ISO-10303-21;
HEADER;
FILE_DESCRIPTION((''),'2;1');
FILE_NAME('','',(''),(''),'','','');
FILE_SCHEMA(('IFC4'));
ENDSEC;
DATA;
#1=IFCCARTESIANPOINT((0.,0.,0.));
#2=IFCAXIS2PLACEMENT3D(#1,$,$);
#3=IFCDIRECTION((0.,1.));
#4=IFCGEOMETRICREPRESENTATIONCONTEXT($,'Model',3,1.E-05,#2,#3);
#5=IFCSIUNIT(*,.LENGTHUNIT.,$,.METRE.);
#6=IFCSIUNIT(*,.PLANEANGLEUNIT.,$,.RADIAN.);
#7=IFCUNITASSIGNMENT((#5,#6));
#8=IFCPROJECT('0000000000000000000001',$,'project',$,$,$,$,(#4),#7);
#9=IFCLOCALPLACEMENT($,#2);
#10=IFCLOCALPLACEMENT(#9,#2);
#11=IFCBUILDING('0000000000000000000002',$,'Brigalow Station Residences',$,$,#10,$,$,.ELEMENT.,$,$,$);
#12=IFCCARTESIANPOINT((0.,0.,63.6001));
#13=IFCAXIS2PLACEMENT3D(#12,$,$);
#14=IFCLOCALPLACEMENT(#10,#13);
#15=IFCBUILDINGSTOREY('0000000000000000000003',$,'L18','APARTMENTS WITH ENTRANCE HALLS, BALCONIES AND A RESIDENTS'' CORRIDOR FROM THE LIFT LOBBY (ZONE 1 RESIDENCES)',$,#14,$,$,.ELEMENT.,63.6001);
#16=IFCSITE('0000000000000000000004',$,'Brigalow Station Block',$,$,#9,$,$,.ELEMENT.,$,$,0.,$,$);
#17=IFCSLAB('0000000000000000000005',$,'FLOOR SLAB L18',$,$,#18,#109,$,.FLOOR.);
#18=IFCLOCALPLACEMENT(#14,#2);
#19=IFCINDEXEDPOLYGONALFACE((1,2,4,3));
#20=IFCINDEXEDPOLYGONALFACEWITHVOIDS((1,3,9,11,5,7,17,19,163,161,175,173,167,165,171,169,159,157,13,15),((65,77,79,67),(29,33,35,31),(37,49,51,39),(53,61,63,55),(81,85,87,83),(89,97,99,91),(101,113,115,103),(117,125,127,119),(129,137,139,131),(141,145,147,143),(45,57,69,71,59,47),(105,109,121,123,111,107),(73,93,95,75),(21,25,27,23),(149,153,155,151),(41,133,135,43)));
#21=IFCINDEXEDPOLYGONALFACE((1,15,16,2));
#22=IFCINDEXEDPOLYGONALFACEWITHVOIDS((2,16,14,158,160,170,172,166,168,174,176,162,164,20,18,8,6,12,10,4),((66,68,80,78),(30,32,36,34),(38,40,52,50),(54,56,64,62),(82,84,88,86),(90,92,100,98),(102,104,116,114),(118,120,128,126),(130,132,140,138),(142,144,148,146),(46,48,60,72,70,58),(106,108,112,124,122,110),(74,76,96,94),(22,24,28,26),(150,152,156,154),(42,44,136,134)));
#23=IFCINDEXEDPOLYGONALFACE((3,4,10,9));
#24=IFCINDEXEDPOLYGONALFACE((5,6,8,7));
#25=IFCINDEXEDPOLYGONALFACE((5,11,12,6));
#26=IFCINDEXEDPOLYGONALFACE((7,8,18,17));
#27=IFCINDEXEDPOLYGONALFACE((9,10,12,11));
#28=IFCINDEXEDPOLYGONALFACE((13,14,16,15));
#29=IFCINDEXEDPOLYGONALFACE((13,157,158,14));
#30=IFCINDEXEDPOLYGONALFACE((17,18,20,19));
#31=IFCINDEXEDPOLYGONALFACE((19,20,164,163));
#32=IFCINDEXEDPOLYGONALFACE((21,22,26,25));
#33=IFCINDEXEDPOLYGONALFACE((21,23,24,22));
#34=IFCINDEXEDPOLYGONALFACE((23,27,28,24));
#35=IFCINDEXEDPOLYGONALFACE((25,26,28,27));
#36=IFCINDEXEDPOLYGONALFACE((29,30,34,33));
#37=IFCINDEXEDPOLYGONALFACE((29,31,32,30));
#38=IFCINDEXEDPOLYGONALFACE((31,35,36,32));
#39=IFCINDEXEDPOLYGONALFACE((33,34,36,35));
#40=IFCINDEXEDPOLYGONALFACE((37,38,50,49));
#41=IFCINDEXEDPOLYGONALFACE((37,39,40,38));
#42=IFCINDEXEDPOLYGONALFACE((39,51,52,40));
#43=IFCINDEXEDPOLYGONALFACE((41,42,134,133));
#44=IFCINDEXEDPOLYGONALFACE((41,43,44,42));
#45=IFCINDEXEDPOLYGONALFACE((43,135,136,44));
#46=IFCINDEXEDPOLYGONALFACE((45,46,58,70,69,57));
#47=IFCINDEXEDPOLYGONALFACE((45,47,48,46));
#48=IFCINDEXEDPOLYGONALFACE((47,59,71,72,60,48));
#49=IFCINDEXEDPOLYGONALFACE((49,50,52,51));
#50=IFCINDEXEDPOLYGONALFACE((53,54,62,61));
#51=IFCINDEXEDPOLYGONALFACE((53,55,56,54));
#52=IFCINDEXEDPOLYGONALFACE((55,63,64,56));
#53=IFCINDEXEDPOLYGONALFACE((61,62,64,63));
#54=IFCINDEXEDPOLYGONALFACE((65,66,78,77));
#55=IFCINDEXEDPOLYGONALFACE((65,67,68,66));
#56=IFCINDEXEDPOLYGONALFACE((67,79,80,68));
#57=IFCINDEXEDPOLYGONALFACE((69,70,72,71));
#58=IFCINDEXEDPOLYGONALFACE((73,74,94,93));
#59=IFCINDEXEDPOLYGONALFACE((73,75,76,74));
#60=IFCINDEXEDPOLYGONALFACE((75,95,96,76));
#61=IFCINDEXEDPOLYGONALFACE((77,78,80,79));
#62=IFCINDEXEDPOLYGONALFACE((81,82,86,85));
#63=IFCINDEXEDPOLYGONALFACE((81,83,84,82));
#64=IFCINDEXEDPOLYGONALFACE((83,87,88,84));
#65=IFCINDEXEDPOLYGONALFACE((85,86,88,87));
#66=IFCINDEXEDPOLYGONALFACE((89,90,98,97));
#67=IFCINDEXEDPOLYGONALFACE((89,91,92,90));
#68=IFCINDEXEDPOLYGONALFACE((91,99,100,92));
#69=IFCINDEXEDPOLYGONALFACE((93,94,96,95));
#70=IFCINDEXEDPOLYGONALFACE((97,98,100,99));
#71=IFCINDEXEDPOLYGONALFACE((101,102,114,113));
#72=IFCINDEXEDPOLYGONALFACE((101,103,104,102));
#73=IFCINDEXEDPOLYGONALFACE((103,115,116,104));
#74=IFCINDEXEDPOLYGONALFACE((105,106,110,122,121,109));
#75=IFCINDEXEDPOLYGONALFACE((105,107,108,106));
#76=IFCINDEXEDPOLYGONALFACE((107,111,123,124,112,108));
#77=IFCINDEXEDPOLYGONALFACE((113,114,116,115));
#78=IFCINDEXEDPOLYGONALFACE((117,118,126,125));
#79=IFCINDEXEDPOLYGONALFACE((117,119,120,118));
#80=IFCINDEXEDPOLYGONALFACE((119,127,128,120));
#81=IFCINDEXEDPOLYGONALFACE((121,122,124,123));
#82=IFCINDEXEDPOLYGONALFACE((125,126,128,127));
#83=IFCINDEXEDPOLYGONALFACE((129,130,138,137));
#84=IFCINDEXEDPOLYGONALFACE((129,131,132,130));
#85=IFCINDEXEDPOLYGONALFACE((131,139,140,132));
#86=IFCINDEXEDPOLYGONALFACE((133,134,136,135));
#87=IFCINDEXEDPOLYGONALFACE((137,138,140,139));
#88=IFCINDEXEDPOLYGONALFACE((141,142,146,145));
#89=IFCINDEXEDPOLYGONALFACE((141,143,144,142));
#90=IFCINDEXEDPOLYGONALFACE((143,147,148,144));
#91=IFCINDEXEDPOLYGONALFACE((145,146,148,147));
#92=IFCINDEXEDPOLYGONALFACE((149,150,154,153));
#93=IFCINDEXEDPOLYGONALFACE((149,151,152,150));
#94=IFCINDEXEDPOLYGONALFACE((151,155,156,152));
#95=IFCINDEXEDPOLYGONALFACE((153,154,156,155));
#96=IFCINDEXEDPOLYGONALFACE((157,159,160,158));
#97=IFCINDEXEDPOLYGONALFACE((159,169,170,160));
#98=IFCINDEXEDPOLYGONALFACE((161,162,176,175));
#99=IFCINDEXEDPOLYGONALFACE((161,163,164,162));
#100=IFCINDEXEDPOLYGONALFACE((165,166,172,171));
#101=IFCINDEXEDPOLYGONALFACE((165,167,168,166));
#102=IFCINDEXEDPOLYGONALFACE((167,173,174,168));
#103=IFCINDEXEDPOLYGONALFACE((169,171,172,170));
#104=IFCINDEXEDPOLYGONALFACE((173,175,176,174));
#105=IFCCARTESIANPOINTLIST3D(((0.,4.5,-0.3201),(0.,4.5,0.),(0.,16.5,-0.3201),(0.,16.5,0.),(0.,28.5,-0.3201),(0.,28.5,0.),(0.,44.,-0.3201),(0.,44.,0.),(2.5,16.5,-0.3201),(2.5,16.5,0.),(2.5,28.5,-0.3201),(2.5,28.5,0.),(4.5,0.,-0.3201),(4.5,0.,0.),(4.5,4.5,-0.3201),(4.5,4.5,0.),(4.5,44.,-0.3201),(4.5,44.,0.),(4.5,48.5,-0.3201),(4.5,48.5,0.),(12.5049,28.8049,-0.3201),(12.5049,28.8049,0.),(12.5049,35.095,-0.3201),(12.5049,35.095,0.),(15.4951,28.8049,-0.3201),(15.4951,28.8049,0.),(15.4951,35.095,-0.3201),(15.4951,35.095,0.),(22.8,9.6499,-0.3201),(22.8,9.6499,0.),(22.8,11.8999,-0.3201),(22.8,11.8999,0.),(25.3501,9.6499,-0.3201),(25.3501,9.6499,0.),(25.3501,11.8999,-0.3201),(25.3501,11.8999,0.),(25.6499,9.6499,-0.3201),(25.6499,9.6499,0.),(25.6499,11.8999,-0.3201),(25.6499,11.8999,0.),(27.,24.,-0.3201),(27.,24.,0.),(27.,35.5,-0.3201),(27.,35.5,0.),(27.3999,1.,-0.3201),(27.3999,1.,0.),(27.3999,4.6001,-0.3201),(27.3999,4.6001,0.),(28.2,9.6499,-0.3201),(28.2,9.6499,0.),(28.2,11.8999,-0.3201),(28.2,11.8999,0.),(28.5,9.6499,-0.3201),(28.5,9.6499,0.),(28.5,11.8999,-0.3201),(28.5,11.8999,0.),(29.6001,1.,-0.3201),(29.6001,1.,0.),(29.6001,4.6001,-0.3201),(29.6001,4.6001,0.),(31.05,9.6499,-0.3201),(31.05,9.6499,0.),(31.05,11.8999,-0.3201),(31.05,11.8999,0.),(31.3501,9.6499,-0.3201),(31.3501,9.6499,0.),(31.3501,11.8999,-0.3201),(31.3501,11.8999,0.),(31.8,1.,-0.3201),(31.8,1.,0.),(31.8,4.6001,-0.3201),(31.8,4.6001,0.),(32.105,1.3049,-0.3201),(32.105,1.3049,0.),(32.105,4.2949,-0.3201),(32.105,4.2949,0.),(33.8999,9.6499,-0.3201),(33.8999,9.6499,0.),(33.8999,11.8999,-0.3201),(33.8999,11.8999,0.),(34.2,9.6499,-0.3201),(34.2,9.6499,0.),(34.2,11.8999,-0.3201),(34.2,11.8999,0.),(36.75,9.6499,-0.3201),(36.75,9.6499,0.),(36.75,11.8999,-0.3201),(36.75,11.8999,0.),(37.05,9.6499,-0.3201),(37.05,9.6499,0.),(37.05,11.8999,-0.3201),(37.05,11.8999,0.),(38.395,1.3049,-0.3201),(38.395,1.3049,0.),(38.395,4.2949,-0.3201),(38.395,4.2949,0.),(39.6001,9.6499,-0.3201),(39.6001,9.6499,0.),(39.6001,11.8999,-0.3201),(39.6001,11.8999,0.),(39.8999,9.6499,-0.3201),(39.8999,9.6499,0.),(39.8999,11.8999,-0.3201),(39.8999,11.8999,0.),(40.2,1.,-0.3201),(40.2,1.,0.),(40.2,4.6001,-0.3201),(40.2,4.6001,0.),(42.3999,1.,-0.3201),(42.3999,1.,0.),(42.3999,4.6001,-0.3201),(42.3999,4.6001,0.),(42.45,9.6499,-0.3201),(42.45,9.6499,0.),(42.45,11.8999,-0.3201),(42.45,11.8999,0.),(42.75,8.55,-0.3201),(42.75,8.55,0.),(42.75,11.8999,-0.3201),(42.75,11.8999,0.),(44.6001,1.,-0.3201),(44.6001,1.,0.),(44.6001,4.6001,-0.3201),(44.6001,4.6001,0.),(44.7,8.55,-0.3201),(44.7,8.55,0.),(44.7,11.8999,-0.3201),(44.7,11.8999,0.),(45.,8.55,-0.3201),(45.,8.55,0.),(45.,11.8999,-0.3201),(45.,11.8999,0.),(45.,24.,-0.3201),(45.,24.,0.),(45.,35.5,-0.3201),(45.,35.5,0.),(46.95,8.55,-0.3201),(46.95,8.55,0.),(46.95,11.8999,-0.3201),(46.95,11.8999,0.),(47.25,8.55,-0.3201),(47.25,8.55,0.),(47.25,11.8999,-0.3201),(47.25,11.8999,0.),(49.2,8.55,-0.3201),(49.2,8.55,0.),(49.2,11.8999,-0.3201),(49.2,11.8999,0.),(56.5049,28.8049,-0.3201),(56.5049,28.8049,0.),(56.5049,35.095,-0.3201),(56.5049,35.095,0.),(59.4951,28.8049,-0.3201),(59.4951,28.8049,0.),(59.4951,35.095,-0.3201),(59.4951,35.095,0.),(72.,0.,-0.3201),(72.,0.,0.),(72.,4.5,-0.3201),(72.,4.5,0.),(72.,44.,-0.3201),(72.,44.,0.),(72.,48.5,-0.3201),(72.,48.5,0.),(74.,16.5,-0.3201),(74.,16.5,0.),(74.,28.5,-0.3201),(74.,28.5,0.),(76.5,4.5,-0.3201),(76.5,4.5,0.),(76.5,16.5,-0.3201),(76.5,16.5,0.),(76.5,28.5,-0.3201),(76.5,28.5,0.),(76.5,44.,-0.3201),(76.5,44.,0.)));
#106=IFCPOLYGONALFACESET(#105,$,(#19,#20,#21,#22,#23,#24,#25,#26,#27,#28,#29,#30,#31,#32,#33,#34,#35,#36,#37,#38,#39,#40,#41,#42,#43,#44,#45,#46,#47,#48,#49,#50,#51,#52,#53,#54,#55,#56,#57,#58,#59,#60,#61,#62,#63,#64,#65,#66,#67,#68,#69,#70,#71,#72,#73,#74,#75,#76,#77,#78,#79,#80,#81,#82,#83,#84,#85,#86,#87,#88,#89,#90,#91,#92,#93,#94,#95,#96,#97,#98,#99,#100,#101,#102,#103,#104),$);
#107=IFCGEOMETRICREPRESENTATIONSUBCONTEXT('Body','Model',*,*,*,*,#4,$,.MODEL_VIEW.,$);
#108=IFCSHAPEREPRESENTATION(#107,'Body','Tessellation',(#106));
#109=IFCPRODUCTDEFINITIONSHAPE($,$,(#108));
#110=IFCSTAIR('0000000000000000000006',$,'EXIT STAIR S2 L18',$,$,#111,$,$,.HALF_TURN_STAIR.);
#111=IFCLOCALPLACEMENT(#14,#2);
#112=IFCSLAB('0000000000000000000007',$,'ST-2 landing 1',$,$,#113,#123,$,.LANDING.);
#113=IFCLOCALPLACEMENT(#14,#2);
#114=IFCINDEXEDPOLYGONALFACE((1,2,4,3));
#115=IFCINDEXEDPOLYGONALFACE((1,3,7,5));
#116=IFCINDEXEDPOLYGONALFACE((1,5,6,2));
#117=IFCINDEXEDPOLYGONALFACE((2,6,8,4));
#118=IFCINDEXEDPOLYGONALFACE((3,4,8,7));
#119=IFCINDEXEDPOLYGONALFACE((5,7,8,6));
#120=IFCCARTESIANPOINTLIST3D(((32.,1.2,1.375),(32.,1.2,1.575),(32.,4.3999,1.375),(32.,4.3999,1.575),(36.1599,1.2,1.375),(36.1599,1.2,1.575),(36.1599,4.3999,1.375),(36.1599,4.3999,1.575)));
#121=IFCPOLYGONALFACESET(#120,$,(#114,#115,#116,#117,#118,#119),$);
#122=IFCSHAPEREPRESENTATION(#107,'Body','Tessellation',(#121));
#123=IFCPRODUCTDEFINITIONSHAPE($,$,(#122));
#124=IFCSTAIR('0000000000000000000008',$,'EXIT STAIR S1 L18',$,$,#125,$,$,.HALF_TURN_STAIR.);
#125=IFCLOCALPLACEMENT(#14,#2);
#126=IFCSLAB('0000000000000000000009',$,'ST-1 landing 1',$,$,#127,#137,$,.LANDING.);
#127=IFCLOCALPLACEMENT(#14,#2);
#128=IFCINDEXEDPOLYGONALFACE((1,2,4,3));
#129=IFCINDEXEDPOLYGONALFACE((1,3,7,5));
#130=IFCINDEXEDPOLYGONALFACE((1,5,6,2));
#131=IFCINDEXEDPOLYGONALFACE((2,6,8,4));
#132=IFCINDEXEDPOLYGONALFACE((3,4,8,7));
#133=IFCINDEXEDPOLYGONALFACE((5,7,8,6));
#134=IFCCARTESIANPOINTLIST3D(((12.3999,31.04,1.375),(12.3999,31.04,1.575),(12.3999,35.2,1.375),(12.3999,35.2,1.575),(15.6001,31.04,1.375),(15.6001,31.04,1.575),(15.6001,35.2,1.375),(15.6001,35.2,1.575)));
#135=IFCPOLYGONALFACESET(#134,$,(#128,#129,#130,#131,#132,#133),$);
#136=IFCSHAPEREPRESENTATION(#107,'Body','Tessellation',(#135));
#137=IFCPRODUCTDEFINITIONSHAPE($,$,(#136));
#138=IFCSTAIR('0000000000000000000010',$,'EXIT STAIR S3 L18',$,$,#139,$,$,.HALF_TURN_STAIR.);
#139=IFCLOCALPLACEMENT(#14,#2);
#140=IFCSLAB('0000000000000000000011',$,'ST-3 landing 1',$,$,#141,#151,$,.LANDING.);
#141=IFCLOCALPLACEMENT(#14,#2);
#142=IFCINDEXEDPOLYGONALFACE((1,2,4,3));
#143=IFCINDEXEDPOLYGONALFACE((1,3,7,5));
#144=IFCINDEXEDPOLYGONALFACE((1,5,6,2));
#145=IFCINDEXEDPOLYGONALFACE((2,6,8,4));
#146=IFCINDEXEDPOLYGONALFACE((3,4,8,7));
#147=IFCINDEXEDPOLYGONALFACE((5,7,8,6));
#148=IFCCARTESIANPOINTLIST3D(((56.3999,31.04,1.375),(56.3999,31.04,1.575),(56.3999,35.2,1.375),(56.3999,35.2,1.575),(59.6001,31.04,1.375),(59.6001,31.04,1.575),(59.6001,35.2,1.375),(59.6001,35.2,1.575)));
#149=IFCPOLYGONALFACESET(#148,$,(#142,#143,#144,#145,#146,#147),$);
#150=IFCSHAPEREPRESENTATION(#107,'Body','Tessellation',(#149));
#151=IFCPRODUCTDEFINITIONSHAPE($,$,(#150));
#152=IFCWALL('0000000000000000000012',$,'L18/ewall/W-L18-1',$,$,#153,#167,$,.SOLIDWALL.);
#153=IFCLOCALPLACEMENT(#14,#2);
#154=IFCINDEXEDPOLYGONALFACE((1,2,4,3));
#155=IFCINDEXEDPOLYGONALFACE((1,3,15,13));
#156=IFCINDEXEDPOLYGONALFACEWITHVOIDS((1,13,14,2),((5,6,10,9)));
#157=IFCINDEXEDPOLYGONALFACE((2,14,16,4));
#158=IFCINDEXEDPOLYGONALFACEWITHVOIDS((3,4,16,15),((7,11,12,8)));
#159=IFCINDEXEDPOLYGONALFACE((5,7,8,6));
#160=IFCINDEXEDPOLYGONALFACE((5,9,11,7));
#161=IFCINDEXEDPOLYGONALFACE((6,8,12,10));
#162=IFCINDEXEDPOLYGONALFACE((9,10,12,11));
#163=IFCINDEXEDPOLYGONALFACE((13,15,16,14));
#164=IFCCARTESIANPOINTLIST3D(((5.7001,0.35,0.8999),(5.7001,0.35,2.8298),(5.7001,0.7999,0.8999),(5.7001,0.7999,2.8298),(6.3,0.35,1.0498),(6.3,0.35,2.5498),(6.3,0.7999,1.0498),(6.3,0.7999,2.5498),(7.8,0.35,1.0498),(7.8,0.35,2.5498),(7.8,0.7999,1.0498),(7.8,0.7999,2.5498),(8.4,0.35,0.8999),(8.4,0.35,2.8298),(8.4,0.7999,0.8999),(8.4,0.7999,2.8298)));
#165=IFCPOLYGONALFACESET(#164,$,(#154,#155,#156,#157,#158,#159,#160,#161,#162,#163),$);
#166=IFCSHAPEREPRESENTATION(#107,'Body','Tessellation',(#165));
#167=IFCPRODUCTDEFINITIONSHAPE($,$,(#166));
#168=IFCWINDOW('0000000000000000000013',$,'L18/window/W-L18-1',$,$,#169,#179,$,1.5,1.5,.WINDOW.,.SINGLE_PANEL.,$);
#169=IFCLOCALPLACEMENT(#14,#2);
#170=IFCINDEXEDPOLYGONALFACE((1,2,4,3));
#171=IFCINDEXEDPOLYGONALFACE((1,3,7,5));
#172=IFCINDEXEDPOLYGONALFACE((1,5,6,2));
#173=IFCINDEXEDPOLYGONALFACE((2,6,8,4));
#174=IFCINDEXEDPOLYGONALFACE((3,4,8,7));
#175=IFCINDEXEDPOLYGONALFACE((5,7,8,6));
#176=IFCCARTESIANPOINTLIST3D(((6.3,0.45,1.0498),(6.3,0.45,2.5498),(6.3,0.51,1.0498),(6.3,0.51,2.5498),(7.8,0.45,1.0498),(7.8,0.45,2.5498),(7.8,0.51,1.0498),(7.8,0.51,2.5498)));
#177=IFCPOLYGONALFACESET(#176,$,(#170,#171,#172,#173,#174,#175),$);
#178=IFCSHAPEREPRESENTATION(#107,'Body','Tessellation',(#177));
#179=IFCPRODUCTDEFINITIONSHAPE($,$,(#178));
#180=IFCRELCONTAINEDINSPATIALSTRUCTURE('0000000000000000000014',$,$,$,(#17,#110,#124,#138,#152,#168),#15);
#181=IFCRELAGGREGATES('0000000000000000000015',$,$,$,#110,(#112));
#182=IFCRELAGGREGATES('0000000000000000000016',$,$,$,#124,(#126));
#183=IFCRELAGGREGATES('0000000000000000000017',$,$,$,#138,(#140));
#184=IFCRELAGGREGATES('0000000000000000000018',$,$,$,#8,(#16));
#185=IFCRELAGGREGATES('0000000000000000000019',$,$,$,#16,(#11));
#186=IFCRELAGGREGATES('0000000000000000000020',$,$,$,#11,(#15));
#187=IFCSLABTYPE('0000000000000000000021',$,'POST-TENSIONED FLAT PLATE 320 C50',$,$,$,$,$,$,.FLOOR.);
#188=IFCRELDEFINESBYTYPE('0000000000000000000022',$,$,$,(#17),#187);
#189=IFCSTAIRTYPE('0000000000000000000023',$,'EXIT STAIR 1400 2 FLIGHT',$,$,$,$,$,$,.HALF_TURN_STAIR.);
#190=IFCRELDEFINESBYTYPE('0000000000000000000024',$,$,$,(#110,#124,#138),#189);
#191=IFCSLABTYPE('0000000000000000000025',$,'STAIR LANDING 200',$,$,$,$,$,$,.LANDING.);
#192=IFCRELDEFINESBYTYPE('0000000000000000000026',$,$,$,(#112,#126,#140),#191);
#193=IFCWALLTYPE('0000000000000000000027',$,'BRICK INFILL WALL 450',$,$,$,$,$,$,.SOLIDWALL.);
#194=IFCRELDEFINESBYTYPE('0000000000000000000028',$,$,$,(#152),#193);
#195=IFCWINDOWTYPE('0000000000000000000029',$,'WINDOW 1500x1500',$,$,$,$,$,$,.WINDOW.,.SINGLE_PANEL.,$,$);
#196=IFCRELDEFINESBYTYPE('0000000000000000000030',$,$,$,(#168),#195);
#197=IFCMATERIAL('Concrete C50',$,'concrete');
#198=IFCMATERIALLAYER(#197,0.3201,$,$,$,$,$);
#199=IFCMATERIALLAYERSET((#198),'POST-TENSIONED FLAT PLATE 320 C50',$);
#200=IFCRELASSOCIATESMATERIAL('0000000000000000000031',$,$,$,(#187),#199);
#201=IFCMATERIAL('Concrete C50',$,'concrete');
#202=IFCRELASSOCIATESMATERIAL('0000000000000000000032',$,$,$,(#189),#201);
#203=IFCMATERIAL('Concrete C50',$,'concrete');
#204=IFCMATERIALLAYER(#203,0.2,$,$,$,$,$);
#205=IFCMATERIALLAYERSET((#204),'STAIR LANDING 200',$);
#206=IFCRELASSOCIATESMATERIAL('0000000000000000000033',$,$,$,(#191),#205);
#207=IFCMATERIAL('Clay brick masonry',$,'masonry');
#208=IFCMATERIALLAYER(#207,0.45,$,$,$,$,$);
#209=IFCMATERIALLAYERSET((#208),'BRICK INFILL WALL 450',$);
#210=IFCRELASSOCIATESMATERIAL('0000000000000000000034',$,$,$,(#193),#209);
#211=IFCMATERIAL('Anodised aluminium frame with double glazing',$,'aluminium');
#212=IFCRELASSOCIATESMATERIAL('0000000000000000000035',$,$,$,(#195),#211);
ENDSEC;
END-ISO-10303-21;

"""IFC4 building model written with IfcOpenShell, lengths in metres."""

from ifc_helpers import new_model, si_unit, direction, frame, frame_2d, origin, place, context, subcontext, project, spatial, polyline, rectangle, outline, extrude, material, layer, layer_set, type_object, element, fill, aggregate, save


model = new_model("IFC4")

# Units and contexts
model_context = context("Model", 3, precision=1e-05, world=origin(), true_north=direction((0.0, 1.0)))
body_context = subcontext(model_context, "Body", "Model", "MODEL_VIEW")
ifc_project = project(units=[si_unit("LENGTHUNIT", "METRE"), si_unit("PLANEANGLEUNIT", "RADIAN")], contexts=[model_context])

# Site, building, storey
site_placement = place(None, origin())
site = spatial("IfcSite", under=ifc_project, at=site_placement, Name="Brigalow Station Block", CompositionType="ELEMENT", RefElevation=0.0)
building_placement = place(site_placement, origin())
building = spatial("IfcBuilding", under=site, at=building_placement, Name="Brigalow Station Residences", CompositionType="ELEMENT")
storey_placement = place(building_placement, frame((0.0, 0.0, 63.6001)))
storey = spatial("IfcBuildingStorey", under=building, at=storey_placement, Name="L18", Description="APARTMENTS WITH ENTRANCE HALLS, BALCONIES AND A RESIDENTS' CORRIDOR FROM THE LIFT LOBBY (ZONE 1 RESIDENCES)", CompositionType="ELEMENT", Elevation=63.6001)

# Slab
ifc_material_1 = material(Name="Concrete C50", Category="concrete")
ifc_layer_1 = layer(ifc_material_1, 0.3201)
ifc_layer_set_1 = layer_set([ifc_layer_1], Name="POST-TENSIONED FLAT PLATE 320 C50")
slab_type_1 = type_object("IfcSlabType", Name="POST-TENSIONED FLAT PLATE 320 C50", PredefinedType="FLOOR", material=ifc_layer_set_1)
slab_1_placement = place(storey_placement, frame((0.0, 0.0, -0.3201)))
element("IfcSlab", 1, at=slab_1_placement, inside=storey, type_object=slab_type_1, Name="FLOOR SLAB L18", PredefinedType="FLOOR", context=body_context, shape_type="SweptSolid", body=[
    extrude(outline(polyline([(4.5, 0.0), (72.0, 0.0), (72.0, 4.5), (76.5, 4.5), (76.5, 16.5), (74.0, 16.5), (74.0, 28.5), (76.5, 28.5), (76.5, 44.0), (72.0, 44.0), (72.0, 48.5), (4.5, 48.5), (4.5, 44.0), (0.0, 44.0), (0.0, 28.5), (2.5, 28.5), (2.5, 16.5), (0.0, 16.5), (0.0, 4.5), (4.5, 4.5), (4.5, 0.0)]), holes=[polyline([(15.4951, 35.095), (15.4951, 28.8049), (12.5049, 28.8049), (12.5049, 35.095), (15.4951, 35.095)]), polyline([(22.8, 11.8999), (25.3501, 11.8999), (25.3501, 9.6499), (22.8, 9.6499), (22.8, 11.8999)]), polyline([(25.6499, 11.8999), (28.2, 11.8999), (28.2, 9.6499), (25.6499, 9.6499), (25.6499, 11.8999)]), polyline([(28.5, 11.8999), (31.05, 11.8999), (31.05, 9.6499), (28.5, 9.6499), (28.5, 11.8999)]), polyline([(29.6001, 1.0), (27.3999, 1.0), (27.3999, 4.6001), (29.6001, 4.6001), (31.8, 4.6001), (31.8, 1.0), (29.6001, 1.0)]), polyline([(31.3501, 11.8999), (33.8999, 11.8999), (33.8999, 9.6499), (31.3501, 9.6499), (31.3501, 11.8999)]), polyline([(32.105, 4.2949), (38.395, 4.2949), (38.395, 1.3049), (32.105, 1.3049), (32.105, 4.2949)]), polyline([(36.75, 11.8999), (36.75, 9.6499), (34.2, 9.6499), (34.2, 11.8999), (36.75, 11.8999)]), polyline([(37.05, 11.8999), (39.6001, 11.8999), (39.6001, 9.6499), (37.05, 9.6499), (37.05, 11.8999)]), polyline([(39.8999, 11.8999), (42.45, 11.8999), (42.45, 9.6499), (39.8999, 9.6499), (39.8999, 11.8999)]), polyline([(42.3999, 1.0), (40.2, 1.0), (40.2, 4.6001), (42.3999, 4.6001), (44.6001, 4.6001), (44.6001, 1.0), (42.3999, 1.0)]), polyline([(42.75, 11.8999), (44.7, 11.8999), (44.7, 8.55), (42.75, 8.55), (42.75, 11.8999)]), polyline([(45.0, 11.8999), (46.95, 11.8999), (46.95, 8.55), (45.0, 8.55), (45.0, 11.8999)]), polyline([(45.0, 35.5), (45.0, 24.0), (27.0, 24.0), (27.0, 35.5), (45.0, 35.5)]), polyline([(47.25, 11.8999), (49.2, 11.8999), (49.2, 8.55), (47.25, 8.55), (47.25, 11.8999)]), polyline([(59.4951, 35.095), (59.4951, 28.8049), (56.5049, 28.8049), (56.5049, 35.095), (59.4951, 35.095)])]), origin(), (0.0, 0.0, 1.0), 0.3201),
])

# Stairs, slabs
ifc_material_2 = material(Name="Concrete C50", Category="concrete")
stair_type = type_object("IfcStairType", Name="EXIT STAIR 1400 2 FLIGHT", PredefinedType="HALF_TURN_STAIR", material=ifc_material_2)
stair_1_placement = place(storey_placement, origin())
stair_1 = element("IfcStair", 2, at=stair_1_placement, inside=storey, type_object=stair_type, Name="EXIT STAIR S2 L18", PredefinedType="HALF_TURN_STAIR")
ifc_material_3 = material(Name="Concrete C50", Category="concrete")
ifc_layer_2 = layer(ifc_material_3, 0.2)
ifc_layer_set_2 = layer_set([ifc_layer_2], Name="STAIR LANDING 200")
slab_type_2 = type_object("IfcSlabType", Name="STAIR LANDING 200", PredefinedType="LANDING", material=ifc_layer_set_2)
slab_2_placement = place(storey_placement, frame((0.0, 0.0, 1.375)))
slab_2 = element("IfcSlab", 3, at=slab_2_placement, type_object=slab_type_2, Name="ST-2 landing 1", PredefinedType="LANDING", context=body_context, shape_type="SweptSolid", body=[
    extrude(outline(polyline([(32.0, 1.2), (36.1599, 1.2), (36.1599, 4.3999), (32.0, 4.3999), (32.0, 1.2)])), origin(), (0.0, 0.0, 1.0), 0.2),
])
aggregate(stair_1, [slab_2])
stair_2_placement = place(storey_placement, origin())
stair_2 = element("IfcStair", 4, at=stair_2_placement, inside=storey, type_object=stair_type, Name="EXIT STAIR S1 L18", PredefinedType="HALF_TURN_STAIR")
slab_3_placement = place(storey_placement, frame((0.0, 0.0, 1.375)))
slab_3 = element("IfcSlab", 5, at=slab_3_placement, type_object=slab_type_2, Name="ST-1 landing 1", PredefinedType="LANDING", context=body_context, shape_type="SweptSolid", body=[
    extrude(outline(polyline([(12.3999, 31.04), (15.6001, 31.04), (15.6001, 35.2), (12.3999, 35.2), (12.3999, 31.04)])), origin(), (0.0, 0.0, 1.0), 0.2),
])
aggregate(stair_2, [slab_3])
stair_3_placement = place(storey_placement, origin())
stair_3 = element("IfcStair", 6, at=stair_3_placement, inside=storey, type_object=stair_type, Name="EXIT STAIR S3 L18", PredefinedType="HALF_TURN_STAIR")
slab_4_placement = place(storey_placement, frame((0.0, 0.0, 1.375)))
slab_4 = element("IfcSlab", 7, at=slab_4_placement, type_object=slab_type_2, Name="ST-3 landing 1", PredefinedType="LANDING", context=body_context, shape_type="SweptSolid", body=[
    extrude(outline(polyline([(56.3999, 31.04), (59.6001, 31.04), (59.6001, 35.2), (56.3999, 35.2), (56.3999, 31.04)])), origin(), (0.0, 0.0, 1.0), 0.2),
])
aggregate(stair_3, [slab_4])

# Wall, opening, window
ifc_material_4 = material(Name="Clay brick masonry", Category="masonry")
ifc_layer_3 = layer(ifc_material_4, 0.45)
ifc_layer_set_3 = layer_set([ifc_layer_3], Name="BRICK INFILL WALL 450")
wall_type_1 = type_object("IfcWallType", Name="BRICK INFILL WALL 450", PredefinedType="SOLIDWALL", material=ifc_layer_set_3)
wall_1_placement = place(storey_placement, frame((5.7, 0.575, 0.8999), z_axis=(0.0, 0.0, 1.0), x_axis=(1.0, 0.0, 0.0)))
wall_1 = element("IfcWall", 8, at=wall_1_placement, inside=storey, type_object=wall_type_1, Name="L18/ewall/W-L18-1", PredefinedType="SOLIDWALL", context=body_context, shape_type="SweptSolid", body=[
    extrude(rectangle(XDim=2.7, YDim=0.45, at=frame_2d((1.3501, 0.0))), origin(), (0.0, 0.0, 1.0), 1.9299),
])
opening_1_placement = place(wall_1_placement, frame((0.6001, 0.0, 0.1499)))
opening_1 = element("IfcOpeningElement", 9, at=opening_1_placement, cuts=wall_1, PredefinedType="OPENING", context=body_context, shape_type="SweptSolid", body=[
    extrude(rectangle(XDim=1.5, YDim=1.5, at=frame_2d((0.75, 0.75))), frame((0.0, 0.2349, 0.0), z_axis=(0.0, -1.0, 0.0), x_axis=(1.0, 0.0, 0.0)), (0.0, 0.0, 1.0), 0.47),
])
ifc_material_5 = material(Name="Anodised aluminium frame with double glazing", Category="aluminium")
window_type_1 = type_object("IfcWindowType", Name="WINDOW 1500x1500", PartitioningType="SINGLE_PANEL", PredefinedType="WINDOW", material=ifc_material_5)
window_1_placement = place(opening_1_placement, origin())
window_1 = element("IfcWindow", 10, at=window_1_placement, inside=storey, type_object=window_type_1, Name="L18/window/W-L18-1", OverallHeight=1.5, OverallWidth=1.5, PartitioningType="SINGLE_PANEL", PredefinedType="WINDOW", context=body_context, shape_type="SweptSolid", body=[
    extrude(rectangle(XDim=1.5, YDim=1.5, at=frame_2d((0.75, 0.75))), frame((0.0, -0.0649, 0.0), z_axis=(0.0, -1.0, 0.0), x_axis=(1.0, 0.0, 0.0)), (0.0, 0.0, 1.0), 0.0601),
])
fill(opening_1, window_1)

save(model, "model.ifc")
